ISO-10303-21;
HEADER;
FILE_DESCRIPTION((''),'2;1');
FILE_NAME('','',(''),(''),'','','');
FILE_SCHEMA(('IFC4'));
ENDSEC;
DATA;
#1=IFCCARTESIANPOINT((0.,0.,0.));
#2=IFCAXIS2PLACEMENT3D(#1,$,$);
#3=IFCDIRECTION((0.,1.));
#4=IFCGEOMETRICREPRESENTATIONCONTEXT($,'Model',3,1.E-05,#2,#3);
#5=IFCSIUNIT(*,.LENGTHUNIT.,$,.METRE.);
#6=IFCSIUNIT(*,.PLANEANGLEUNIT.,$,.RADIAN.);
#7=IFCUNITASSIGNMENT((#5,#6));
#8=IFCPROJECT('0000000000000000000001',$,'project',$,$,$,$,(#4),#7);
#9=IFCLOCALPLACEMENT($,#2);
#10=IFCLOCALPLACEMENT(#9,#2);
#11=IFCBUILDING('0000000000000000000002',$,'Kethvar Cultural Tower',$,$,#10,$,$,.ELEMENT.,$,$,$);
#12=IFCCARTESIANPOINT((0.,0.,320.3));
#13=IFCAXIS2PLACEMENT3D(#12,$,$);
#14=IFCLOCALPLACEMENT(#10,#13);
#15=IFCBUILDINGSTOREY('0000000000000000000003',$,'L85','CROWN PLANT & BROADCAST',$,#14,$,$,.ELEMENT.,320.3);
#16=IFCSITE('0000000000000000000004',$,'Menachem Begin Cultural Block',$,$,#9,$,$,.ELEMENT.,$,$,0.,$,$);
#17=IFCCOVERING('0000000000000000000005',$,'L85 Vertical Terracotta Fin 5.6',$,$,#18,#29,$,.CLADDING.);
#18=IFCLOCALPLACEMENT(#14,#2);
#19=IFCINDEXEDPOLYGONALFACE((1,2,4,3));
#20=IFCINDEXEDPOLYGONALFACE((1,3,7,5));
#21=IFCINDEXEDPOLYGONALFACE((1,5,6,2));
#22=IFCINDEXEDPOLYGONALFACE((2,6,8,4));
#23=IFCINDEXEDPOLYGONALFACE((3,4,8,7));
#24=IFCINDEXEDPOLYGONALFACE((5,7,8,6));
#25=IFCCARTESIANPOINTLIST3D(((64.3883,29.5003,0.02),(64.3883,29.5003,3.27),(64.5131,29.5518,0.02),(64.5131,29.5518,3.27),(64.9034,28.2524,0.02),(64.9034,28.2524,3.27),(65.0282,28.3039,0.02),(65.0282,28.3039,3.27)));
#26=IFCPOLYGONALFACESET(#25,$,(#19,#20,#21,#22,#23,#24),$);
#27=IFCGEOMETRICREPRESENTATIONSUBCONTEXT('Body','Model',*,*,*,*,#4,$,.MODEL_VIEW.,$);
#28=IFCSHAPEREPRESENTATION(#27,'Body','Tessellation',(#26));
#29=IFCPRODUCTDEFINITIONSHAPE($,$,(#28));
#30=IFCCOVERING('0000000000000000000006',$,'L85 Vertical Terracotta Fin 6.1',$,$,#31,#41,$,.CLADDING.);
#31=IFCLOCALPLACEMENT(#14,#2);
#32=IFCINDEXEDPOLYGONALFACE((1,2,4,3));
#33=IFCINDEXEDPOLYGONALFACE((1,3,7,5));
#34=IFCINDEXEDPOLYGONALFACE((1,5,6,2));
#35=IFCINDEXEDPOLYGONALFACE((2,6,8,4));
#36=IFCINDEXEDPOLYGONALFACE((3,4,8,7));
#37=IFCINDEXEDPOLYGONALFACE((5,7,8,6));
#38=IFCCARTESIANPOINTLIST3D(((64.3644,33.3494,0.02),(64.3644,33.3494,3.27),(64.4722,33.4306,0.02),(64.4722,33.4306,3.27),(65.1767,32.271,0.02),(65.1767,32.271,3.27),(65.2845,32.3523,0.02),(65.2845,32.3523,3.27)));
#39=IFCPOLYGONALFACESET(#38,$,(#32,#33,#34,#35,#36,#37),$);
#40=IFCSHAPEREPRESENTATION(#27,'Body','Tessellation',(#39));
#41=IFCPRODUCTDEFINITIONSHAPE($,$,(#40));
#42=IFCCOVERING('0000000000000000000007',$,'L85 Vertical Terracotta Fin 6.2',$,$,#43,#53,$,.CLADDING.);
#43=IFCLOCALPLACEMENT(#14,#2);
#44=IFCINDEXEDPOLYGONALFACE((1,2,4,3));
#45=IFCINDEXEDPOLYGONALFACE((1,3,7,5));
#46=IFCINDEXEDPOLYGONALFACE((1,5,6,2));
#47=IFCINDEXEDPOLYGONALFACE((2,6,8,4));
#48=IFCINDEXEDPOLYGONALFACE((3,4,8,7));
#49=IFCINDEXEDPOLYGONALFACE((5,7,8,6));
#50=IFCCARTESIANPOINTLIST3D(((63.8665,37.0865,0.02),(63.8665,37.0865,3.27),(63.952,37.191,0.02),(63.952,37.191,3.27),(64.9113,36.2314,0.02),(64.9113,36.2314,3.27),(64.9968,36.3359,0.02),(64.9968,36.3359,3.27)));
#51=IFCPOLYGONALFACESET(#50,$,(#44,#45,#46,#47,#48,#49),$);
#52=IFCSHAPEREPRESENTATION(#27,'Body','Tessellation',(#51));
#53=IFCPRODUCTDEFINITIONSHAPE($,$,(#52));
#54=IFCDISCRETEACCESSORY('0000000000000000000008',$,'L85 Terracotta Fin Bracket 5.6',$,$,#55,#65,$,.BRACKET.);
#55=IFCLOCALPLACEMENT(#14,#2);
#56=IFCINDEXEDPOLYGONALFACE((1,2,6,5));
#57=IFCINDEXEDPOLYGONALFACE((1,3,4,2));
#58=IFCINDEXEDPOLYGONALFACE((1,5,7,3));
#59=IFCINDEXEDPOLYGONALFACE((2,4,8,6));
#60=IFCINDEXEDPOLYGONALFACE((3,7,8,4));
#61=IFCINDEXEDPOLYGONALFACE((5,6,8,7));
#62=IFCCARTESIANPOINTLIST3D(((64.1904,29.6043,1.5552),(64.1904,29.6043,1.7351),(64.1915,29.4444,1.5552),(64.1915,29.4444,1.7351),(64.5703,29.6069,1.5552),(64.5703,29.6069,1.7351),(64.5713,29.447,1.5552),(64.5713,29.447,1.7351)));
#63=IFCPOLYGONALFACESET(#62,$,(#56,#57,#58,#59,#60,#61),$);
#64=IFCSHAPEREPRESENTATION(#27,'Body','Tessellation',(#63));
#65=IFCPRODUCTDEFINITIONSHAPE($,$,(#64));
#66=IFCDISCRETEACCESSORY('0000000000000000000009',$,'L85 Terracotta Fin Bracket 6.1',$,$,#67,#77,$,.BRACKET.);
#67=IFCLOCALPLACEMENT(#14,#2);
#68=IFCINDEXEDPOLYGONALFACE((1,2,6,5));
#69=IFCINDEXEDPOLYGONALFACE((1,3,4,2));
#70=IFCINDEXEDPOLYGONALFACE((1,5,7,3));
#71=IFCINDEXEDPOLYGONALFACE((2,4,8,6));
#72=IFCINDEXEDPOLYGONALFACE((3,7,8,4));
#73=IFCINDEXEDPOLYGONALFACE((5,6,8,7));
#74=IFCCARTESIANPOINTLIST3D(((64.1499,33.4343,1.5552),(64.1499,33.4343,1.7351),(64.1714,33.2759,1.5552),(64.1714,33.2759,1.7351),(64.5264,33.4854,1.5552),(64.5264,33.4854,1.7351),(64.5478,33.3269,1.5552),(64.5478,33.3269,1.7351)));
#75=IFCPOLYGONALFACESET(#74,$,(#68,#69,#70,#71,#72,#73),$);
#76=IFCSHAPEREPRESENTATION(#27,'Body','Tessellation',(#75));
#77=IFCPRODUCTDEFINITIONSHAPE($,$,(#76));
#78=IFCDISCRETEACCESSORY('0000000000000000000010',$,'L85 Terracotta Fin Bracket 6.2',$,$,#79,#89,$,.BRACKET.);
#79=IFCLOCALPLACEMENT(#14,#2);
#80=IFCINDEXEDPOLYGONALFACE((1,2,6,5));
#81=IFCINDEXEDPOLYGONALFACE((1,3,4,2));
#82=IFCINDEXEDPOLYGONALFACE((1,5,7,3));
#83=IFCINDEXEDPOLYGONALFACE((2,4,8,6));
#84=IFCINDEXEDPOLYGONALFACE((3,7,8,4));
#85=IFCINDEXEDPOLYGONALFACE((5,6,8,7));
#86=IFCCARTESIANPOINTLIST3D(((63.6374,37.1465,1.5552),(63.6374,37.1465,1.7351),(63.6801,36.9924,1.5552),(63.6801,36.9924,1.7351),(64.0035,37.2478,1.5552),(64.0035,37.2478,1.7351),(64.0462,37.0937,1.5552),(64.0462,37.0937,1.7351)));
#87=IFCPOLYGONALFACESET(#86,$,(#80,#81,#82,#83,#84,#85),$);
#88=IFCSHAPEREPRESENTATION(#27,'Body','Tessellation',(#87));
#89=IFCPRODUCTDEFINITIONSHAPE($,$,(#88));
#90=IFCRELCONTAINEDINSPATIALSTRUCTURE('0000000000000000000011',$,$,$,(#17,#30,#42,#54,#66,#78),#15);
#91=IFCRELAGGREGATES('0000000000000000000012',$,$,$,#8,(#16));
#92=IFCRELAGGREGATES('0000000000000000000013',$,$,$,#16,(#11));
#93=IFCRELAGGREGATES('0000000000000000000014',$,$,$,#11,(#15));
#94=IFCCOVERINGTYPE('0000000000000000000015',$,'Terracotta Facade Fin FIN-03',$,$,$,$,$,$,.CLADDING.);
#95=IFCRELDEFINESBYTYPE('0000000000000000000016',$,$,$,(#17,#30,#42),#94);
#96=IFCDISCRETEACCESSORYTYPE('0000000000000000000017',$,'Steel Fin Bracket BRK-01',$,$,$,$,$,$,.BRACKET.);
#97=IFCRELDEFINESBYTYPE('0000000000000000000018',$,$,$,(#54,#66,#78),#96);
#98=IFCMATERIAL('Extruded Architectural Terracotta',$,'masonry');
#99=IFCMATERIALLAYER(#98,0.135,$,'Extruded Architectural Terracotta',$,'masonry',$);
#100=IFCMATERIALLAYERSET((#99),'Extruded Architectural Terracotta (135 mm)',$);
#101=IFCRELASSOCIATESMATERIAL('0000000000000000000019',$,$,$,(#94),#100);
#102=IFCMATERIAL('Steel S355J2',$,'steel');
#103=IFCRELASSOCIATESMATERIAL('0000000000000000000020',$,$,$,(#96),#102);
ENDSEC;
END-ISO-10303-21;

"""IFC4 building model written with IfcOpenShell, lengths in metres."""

from ifc_helpers import new_model, si_unit, direction, frame, origin, origin_2d, place, context, subcontext, project, spatial, rectangle, extrude, source, transform, mapped, material, layer, layer_set, type_object, element, save


model = new_model("IFC4")

# Units and contexts
model_context = context("Model", 3, precision=1e-05, world=origin(), true_north=direction((0.0, 1.0)))
body_context = subcontext(model_context, "Body", "Model", "MODEL_VIEW")
ifc_project = project(units=[si_unit("LENGTHUNIT", "METRE"), si_unit("PLANEANGLEUNIT", "RADIAN")], contexts=[model_context])

# Site, building, storey
site_placement = place(None, origin())
site = spatial("IfcSite", under=ifc_project, at=site_placement, Name="Menachem Begin Cultural Block", CompositionType="ELEMENT", RefElevation=0.0)
building_placement = place(site_placement, origin())
building = spatial("IfcBuilding", under=site, at=building_placement, Name="Kethvar Cultural Tower", CompositionType="ELEMENT")
storey_placement = place(building_placement, frame((0.0, 0.0, 320.3)))
storey = spatial("IfcBuildingStorey", under=building, at=storey_placement, Name="L85", Description="CROWN PLANT & BROADCAST", CompositionType="ELEMENT", Elevation=320.3)

# Shared definitions
ifc_material_1 = material(Name="Steel S355J2", Category="steel")

# Coverings
ifc_material_2 = material(Name="Extruded Architectural Terracotta", Category="masonry")
ifc_layer_1 = layer(ifc_material_2, 0.135, Name="Extruded Architectural Terracotta", Category="masonry")
ifc_layer_set_1 = layer_set([ifc_layer_1], Name="Extruded Architectural Terracotta (135 mm)")
covering_type = type_object("IfcCoveringType", Name="Terracotta Facade Fin FIN-03", PredefinedType="CLADDING", material=ifc_layer_set_1)
shared_shape_1 = source(origin(), body_context, "Body", "SweptSolid", [
    extrude(rectangle(XDim=1.3501, YDim=0.135, at=origin_2d()), origin(), (0.0, 0.0, 1.0), 3.25),
])
for number, where, z_axis, x_axis, name in (
    (1, (64.7083, 28.9021, 0.02), (0.0, 0.0, 1.0), (0.381554, -0.924346, 0.0), "L85 Vertical Terracotta Fin 5.6"),
    (2, (64.8245, 32.8508, 0.02), (0.0, 0.0, 1.0), (0.601676, -0.798741, 0.0), "L85 Vertical Terracotta Fin 6.1"),
    (3, (64.4316, 36.7112, 0.02), (0.0, 0.0, 1.0), (0.77384, -0.633381, 0.0), "L85 Vertical Terracotta Fin 6.2"),
):
    element("IfcCovering", number, at=place(storey_placement, frame(where, z_axis=z_axis, x_axis=x_axis)), inside=storey, type_object=covering_type, Name=name, PredefinedType="CLADDING", context=body_context, shape_type="MappedRepresentation", body=[
        mapped(shared_shape_1, transform((0.0, 0.0, 0.0), scale=1.0)),
    ])

# Discrete accessories
discrete_accessory_type = type_object("IfcDiscreteAccessoryType", Name="Steel Fin Bracket BRK-01", PredefinedType="BRACKET", material=ifc_material_1)
shared_shape_2 = source(origin(), body_context, "Body", "SweptSolid", [
    extrude(rectangle(XDim=0.3799, YDim=0.1599, at=origin_2d()), origin(), (0.0, 0.0, 1.0), 0.1799),
])
for number, where, z_axis, x_axis, name in (
    (4, (64.3809, 29.5256, 1.5552), (0.0, 0.0, 1.0), (0.999977, 0.006807, 0.0), "L85 Terracotta Fin Bracket 5.6"),
    (5, (64.3489, 33.3806, 1.5552), (0.0, 0.0, 1.0), (0.990936, 0.134332, 0.0), "L85 Terracotta Fin Bracket 6.1"),
    (6, (63.8418, 37.1201, 1.5552), (0.0, 0.0, 1.0), (0.96377, 0.266734, 0.0), "L85 Terracotta Fin Bracket 6.2"),
):
    element("IfcDiscreteAccessory", number, at=place(storey_placement, frame(where, z_axis=z_axis, x_axis=x_axis)), inside=storey, type_object=discrete_accessory_type, Name=name, PredefinedType="BRACKET", context=body_context, shape_type="MappedRepresentation", body=[
        mapped(shared_shape_2, transform((0.0, 0.0, 0.0), scale=1.0)),
    ])

save(model, "model.ifc")
